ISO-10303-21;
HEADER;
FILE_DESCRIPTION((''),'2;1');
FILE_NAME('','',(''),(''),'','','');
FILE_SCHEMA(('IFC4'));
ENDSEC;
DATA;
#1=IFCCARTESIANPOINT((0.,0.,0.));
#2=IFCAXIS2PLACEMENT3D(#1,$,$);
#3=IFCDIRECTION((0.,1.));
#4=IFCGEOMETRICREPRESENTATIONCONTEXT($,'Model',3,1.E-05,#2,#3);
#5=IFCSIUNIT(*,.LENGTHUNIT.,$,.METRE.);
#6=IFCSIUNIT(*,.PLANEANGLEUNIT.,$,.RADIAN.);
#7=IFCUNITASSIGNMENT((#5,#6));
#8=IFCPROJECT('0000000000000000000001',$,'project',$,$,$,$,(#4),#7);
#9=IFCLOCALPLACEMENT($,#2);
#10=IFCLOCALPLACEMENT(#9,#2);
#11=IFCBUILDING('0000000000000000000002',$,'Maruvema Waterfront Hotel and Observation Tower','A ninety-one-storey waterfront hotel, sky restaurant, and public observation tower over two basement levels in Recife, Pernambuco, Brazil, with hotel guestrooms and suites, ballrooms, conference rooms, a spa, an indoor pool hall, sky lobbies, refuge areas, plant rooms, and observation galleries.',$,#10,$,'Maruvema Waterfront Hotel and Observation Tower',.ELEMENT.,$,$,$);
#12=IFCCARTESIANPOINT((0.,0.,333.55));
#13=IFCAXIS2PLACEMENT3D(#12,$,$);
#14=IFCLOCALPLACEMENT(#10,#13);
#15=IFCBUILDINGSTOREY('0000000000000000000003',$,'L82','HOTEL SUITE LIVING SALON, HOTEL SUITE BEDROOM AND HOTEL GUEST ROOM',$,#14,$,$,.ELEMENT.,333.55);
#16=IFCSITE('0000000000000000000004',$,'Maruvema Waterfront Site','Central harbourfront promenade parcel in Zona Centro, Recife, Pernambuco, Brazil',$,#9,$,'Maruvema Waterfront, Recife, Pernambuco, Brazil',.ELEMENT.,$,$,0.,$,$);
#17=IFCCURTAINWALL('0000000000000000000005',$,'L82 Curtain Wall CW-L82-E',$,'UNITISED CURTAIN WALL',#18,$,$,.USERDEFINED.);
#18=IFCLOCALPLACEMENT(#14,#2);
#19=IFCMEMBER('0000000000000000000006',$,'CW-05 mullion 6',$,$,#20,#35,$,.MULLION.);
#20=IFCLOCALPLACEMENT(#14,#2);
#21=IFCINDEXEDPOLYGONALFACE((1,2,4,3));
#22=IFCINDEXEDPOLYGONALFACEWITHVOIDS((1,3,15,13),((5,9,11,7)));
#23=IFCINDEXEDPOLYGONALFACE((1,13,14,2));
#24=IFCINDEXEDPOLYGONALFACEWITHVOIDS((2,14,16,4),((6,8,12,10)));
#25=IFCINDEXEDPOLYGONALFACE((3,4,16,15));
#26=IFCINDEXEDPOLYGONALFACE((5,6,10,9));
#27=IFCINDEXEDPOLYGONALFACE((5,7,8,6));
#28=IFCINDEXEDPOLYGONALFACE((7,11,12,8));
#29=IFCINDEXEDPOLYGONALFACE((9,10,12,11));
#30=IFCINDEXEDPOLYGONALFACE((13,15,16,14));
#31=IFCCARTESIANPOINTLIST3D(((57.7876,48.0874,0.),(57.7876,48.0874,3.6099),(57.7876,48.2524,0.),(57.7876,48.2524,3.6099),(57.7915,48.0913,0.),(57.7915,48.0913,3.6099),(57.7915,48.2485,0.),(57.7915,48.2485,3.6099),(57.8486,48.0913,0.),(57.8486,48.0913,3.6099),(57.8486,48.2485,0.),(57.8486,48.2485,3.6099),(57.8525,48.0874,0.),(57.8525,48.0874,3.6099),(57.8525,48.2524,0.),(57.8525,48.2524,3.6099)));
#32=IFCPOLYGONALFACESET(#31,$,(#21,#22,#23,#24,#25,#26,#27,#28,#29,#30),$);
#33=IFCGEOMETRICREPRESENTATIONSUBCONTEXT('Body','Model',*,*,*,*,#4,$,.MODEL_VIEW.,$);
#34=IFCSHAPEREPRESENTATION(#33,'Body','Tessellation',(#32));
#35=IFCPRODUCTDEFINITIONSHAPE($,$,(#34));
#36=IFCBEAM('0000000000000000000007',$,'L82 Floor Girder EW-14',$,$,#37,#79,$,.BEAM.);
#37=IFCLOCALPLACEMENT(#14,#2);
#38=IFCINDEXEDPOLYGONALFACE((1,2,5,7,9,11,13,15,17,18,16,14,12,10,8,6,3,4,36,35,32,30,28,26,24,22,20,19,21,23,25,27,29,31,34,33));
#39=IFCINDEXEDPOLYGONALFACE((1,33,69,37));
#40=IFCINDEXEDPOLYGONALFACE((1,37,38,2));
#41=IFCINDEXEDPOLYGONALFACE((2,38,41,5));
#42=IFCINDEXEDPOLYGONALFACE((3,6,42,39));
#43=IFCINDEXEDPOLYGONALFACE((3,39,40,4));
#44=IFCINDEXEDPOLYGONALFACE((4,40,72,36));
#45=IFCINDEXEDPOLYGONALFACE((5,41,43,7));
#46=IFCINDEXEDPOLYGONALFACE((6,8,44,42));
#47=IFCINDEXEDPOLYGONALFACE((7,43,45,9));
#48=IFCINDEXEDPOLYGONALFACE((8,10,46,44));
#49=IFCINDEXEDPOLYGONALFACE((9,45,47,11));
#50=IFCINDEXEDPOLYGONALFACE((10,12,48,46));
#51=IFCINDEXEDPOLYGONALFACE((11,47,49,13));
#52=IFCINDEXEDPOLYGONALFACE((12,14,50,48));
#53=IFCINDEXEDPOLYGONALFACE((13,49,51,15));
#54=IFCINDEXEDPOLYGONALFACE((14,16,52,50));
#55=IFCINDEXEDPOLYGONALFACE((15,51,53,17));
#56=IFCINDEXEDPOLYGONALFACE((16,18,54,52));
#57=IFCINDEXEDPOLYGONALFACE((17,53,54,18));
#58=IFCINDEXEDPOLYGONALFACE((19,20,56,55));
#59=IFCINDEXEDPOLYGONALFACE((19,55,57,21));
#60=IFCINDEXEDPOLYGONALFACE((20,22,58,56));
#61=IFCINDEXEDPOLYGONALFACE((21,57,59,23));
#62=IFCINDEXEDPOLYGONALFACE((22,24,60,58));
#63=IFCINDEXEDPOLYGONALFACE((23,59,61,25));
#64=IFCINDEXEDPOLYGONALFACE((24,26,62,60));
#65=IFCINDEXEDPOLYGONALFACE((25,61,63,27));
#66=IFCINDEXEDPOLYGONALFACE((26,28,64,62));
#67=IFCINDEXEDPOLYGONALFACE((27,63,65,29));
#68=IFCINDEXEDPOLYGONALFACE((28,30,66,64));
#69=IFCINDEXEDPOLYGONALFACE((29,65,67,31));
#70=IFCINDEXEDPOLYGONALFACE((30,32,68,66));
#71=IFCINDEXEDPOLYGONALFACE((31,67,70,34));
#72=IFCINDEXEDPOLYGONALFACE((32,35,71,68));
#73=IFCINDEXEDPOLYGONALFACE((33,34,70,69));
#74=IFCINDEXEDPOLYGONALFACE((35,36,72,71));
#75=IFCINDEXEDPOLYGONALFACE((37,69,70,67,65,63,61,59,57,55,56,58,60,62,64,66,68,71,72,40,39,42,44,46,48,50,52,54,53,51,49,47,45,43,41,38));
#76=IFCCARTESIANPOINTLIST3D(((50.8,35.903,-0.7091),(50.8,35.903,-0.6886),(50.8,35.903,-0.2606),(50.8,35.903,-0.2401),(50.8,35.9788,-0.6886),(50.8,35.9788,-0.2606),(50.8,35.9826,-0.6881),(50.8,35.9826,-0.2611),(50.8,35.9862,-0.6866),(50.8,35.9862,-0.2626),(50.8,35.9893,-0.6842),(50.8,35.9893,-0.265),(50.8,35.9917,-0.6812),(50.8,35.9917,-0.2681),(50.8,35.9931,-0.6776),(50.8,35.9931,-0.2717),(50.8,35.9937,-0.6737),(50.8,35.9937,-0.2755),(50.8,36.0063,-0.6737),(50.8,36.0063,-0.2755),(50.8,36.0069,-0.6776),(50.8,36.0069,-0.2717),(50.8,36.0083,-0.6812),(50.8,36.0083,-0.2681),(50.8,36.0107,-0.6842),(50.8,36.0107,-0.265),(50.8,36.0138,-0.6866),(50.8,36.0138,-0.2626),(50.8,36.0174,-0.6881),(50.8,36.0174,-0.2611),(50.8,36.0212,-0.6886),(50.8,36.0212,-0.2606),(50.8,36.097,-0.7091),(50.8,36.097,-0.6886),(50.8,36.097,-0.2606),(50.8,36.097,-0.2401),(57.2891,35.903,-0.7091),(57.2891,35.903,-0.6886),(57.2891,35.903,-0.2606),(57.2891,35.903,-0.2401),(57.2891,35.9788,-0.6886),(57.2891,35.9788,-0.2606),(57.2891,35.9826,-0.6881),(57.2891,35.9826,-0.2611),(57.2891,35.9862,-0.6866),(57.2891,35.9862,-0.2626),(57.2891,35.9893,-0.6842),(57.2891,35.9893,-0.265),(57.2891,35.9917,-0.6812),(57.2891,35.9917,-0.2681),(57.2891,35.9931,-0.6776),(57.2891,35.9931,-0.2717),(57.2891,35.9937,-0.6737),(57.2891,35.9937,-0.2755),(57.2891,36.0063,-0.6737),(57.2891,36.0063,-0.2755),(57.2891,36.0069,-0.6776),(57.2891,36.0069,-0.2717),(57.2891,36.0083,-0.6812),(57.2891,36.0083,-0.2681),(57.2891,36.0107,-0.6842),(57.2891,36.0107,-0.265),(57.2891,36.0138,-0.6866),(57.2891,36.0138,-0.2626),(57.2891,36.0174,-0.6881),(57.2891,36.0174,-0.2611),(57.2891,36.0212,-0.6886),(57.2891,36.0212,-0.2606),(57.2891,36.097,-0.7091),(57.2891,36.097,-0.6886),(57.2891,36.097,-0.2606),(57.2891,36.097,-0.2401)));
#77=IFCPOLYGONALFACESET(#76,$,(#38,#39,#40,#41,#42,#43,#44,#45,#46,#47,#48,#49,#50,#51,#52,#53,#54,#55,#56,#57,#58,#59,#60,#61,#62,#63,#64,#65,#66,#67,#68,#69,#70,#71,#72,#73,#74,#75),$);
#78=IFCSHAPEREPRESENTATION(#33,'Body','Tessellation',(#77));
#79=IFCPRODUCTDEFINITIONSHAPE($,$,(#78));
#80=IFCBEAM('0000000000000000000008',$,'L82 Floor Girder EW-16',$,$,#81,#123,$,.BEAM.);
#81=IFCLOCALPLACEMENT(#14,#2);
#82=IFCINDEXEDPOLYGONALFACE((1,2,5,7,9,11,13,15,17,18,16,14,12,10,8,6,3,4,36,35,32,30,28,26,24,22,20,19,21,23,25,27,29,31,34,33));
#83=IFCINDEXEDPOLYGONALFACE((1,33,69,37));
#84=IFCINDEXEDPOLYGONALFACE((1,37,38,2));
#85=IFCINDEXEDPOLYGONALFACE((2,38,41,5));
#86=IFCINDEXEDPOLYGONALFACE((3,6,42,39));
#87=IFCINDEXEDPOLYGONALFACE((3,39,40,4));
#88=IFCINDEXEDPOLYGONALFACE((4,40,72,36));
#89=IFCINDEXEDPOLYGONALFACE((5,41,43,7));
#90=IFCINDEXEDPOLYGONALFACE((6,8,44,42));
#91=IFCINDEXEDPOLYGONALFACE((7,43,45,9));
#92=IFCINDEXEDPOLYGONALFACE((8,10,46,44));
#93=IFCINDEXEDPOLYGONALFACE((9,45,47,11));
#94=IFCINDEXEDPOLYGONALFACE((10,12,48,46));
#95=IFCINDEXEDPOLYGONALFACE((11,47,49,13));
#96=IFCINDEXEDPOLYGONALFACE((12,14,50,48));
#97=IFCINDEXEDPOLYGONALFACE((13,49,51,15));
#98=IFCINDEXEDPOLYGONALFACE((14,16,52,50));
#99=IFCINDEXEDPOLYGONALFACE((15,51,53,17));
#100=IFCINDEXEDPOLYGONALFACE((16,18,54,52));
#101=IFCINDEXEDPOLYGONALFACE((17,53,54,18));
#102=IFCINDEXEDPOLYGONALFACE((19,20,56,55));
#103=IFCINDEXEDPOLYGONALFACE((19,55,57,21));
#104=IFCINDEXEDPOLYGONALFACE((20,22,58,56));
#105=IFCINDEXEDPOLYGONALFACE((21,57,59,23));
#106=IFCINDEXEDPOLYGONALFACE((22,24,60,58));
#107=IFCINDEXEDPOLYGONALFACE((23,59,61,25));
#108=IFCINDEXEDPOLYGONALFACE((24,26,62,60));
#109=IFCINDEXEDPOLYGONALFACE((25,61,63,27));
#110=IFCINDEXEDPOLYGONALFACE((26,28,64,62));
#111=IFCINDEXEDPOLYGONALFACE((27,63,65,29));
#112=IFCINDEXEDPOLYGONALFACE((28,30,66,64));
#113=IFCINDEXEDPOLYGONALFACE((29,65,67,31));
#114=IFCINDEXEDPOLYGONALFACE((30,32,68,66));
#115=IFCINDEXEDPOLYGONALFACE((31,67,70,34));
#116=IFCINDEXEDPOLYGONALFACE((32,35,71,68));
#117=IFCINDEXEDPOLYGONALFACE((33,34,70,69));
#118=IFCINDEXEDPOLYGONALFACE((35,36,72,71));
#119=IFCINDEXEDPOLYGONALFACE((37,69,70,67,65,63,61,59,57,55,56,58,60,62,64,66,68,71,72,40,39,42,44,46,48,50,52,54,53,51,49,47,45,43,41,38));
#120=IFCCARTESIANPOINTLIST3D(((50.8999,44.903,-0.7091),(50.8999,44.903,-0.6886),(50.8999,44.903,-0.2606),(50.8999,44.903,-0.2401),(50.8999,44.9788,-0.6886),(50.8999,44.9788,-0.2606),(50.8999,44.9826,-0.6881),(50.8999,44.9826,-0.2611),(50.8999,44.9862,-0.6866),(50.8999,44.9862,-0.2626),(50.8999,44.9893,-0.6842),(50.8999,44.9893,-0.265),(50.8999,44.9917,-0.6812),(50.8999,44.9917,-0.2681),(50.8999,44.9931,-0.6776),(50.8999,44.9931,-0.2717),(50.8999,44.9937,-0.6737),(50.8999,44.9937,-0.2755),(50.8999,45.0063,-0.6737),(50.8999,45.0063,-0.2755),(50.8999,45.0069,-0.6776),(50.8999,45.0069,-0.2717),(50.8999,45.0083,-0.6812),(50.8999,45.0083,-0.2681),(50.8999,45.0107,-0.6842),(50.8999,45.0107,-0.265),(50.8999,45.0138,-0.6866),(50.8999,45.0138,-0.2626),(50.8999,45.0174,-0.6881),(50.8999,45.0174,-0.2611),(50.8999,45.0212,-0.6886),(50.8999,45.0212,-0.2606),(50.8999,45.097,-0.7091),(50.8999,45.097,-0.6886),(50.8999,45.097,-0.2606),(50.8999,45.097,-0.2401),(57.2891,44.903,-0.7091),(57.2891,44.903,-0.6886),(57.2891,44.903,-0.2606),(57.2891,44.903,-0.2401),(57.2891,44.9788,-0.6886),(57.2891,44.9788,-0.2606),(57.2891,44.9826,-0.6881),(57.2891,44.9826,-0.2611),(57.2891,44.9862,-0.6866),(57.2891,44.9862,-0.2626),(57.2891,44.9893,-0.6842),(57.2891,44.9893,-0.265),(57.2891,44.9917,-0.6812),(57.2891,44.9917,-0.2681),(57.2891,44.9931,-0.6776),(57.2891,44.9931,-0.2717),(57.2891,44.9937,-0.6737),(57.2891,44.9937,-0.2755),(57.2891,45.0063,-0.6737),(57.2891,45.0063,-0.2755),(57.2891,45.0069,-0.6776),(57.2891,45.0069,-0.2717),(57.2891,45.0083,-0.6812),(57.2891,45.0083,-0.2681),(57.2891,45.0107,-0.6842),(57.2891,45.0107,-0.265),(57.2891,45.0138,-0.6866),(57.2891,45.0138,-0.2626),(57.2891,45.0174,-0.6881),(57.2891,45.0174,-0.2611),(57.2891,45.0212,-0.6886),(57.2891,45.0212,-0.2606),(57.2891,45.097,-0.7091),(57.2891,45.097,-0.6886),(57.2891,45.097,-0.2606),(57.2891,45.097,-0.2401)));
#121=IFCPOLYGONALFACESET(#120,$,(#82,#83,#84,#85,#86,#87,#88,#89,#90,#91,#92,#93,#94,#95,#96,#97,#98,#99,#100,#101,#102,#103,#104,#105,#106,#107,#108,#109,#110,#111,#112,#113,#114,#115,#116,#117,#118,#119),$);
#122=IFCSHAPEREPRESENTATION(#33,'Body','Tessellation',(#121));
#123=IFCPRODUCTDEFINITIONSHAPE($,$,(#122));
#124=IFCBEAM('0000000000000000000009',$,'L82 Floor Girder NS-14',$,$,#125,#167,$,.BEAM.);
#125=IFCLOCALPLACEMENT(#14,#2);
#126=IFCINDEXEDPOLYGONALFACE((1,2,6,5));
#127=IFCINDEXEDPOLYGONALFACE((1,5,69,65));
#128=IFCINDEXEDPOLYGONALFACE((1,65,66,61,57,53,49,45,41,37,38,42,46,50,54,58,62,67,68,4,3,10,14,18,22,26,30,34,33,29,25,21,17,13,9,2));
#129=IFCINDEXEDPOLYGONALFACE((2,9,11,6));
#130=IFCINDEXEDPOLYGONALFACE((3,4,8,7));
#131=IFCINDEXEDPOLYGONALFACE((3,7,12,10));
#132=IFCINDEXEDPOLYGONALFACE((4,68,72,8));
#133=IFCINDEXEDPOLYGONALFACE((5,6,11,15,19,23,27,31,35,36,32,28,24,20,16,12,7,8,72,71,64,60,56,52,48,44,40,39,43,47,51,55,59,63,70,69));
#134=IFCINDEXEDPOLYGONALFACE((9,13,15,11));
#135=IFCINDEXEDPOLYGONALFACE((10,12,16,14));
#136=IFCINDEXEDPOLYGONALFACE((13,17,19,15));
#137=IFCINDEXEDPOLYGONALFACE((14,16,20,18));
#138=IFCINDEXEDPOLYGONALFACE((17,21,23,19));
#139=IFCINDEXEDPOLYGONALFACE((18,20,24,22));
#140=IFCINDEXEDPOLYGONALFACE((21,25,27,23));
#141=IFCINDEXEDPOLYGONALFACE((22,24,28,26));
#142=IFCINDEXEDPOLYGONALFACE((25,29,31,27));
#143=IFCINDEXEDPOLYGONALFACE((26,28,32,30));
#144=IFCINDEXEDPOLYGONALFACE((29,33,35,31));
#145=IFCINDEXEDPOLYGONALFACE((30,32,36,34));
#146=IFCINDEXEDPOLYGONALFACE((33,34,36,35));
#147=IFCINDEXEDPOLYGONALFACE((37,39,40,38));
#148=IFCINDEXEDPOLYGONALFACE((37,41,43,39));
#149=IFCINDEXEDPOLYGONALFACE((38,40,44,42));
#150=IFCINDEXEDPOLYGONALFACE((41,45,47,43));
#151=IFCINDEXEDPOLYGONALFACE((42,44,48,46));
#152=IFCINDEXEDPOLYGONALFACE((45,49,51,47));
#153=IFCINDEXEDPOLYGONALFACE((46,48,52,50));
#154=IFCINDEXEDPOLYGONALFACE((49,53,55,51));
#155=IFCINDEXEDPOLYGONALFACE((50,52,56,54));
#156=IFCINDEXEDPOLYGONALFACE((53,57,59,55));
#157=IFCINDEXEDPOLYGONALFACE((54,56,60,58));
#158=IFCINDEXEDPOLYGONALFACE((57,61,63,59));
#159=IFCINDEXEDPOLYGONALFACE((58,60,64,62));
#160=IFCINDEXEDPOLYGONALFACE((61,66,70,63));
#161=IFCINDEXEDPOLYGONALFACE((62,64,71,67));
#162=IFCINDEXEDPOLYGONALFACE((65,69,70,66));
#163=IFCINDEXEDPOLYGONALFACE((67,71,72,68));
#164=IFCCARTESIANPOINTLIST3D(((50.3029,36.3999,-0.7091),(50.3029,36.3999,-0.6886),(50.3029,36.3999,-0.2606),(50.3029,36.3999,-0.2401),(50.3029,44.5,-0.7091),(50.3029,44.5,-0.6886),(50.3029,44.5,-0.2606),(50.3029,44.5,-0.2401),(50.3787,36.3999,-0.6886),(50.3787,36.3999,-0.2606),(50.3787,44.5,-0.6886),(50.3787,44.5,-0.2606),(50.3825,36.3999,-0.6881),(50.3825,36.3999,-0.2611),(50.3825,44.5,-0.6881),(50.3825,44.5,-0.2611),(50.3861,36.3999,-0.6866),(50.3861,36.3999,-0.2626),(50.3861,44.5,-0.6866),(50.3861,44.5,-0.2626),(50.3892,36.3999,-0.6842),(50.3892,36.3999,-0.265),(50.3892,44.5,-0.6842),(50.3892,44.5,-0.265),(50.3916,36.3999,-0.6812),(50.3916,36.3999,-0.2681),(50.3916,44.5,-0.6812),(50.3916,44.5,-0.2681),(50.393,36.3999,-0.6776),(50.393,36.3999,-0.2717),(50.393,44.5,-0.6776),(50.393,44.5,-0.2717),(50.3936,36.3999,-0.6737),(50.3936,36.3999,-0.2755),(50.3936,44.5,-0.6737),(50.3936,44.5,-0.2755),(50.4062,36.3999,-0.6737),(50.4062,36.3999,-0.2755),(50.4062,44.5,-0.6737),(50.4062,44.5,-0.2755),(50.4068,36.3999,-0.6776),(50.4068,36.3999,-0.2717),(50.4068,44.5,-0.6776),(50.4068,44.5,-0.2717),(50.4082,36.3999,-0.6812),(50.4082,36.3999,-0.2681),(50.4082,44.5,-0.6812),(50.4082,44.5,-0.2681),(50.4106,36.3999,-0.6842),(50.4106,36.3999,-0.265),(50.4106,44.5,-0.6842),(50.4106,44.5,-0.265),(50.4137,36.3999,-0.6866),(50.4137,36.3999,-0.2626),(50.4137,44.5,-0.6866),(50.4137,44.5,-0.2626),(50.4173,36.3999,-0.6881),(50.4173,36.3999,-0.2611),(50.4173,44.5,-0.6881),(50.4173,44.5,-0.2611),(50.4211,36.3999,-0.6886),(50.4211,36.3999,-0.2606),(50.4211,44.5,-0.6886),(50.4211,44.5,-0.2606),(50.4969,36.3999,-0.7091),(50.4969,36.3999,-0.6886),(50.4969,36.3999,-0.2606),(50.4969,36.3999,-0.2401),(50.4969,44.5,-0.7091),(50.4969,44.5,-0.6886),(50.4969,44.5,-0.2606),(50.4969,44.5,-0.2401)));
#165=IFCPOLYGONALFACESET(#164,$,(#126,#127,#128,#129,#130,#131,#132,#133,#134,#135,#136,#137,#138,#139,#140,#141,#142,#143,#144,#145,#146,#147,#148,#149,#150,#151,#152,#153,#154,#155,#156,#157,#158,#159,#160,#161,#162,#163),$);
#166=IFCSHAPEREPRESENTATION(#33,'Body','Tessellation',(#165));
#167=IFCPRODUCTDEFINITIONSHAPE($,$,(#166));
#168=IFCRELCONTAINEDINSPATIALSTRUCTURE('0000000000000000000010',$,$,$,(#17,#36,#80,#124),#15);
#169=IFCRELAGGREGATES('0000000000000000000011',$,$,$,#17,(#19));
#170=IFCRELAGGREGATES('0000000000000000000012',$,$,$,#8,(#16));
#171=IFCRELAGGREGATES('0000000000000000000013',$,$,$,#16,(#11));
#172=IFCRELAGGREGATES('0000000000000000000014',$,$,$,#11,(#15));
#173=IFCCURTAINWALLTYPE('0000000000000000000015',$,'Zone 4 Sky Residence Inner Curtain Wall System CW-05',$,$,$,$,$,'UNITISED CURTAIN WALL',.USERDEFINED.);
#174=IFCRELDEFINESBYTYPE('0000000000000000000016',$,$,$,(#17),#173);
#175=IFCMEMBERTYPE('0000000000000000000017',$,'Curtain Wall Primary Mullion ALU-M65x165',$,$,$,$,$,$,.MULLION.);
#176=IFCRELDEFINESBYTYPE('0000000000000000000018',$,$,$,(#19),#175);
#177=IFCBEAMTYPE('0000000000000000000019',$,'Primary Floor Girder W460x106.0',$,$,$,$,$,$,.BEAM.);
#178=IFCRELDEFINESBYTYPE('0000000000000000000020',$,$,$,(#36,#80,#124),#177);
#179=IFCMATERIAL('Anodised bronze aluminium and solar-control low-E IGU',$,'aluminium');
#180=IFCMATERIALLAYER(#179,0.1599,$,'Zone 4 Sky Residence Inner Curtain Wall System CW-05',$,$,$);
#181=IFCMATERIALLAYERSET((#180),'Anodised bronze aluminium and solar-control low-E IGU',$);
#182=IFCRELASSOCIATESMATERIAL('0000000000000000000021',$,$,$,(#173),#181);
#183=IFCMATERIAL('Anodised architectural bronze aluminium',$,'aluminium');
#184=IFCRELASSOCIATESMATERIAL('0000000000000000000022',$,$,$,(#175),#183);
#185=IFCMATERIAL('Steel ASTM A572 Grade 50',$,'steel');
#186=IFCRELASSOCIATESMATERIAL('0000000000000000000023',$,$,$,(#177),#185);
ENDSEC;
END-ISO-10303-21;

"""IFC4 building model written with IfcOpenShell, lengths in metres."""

from ifc_helpers import new_model, si_unit, direction, frame, origin, origin_2d, place, context, subcontext, project, spatial, hollow_rectangle, i_section, extrude, material, layer, layer_set, material_profile, profile_set, type_object, element, aggregate, save


model = new_model("IFC4")

# Units and contexts
model_context = context("Model", 3, precision=1e-05, world=origin(), true_north=direction((0.0, 1.0)))
body_context = subcontext(model_context, "Body", "Model", "MODEL_VIEW")
ifc_project = project(units=[si_unit("LENGTHUNIT", "METRE"), si_unit("PLANEANGLEUNIT", "RADIAN")], contexts=[model_context])

# Site, building, storey
site_placement = place(None, origin())
site = spatial("IfcSite", under=ifc_project, at=site_placement, Name="Maruvema Waterfront Site", Description="Central harbourfront promenade parcel in Zona Centro, Recife, Pernambuco, Brazil", LongName="Maruvema Waterfront, Recife, Pernambuco, Brazil", CompositionType="ELEMENT", RefElevation=0.0)
building_placement = place(site_placement, origin())
building = spatial("IfcBuilding", under=site, at=building_placement, Name="Maruvema Waterfront Hotel and Observation Tower", Description="A ninety-one-storey waterfront hotel, sky restaurant, and public observation tower over two basement levels in Recife, Pernambuco, Brazil, with hotel guestrooms and suites, ballrooms, conference rooms, a spa, an indoor pool hall, sky lobbies, refuge areas, plant rooms, and observation galleries.", LongName="Maruvema Waterfront Hotel and Observation Tower", CompositionType="ELEMENT")
storey_placement = place(building_placement, frame((0.0, 0.0, 333.55)))
storey = spatial("IfcBuildingStorey", under=building, at=storey_placement, Name="L82", Description="HOTEL SUITE LIVING SALON, HOTEL SUITE BEDROOM AND HOTEL GUEST ROOM", CompositionType="ELEMENT", Elevation=333.55)

# Curtain wall, member
ifc_material_1 = material(Name="Anodised bronze aluminium and solar-control low-E IGU", Category="aluminium")
ifc_layer_1 = layer(ifc_material_1, 0.1599, Name="Zone 4 Sky Residence Inner Curtain Wall System CW-05")
ifc_layer_set_1 = layer_set([ifc_layer_1], Name="Anodised bronze aluminium and solar-control low-E IGU")
curtain_wall_type = type_object("IfcCurtainWallType", Name="Zone 4 Sky Residence Inner Curtain Wall System CW-05", ElementType="UNITISED CURTAIN WALL", PredefinedType="USERDEFINED", material=ifc_layer_set_1)
curtain_wall_placement = place(storey_placement, origin())
curtain_wall = element("IfcCurtainWall", 1, at=curtain_wall_placement, inside=storey, type_object=curtain_wall_type, Name="L82 Curtain Wall CW-L82-E", ObjectType="UNITISED CURTAIN WALL", PredefinedType="USERDEFINED")
ifc_material_2 = material(Name="Anodised architectural bronze aluminium", Category="aluminium")
ifc_material_profile_1 = material_profile(ifc_material_2, hollow_rectangle(XDim=0.0649, YDim=0.165, WallThickness=0.0039, at=origin_2d()), Name="ALU-M65x165")
ifc_profile_set_1 = profile_set([ifc_material_profile_1], Name="Anodised architectural bronze aluminium")
member_type_1 = type_object("IfcMemberType", Name="Curtain Wall Primary Mullion ALU-M65x165", PredefinedType="MULLION", material=ifc_profile_set_1)
member_1_placement = place(storey_placement, frame((57.8201, 48.1699, 0.0), z_axis=(0.0, 0.0, 1.0), x_axis=(-1.0, 0.0, 0.0)))
member_1 = element("IfcMember", 2, at=member_1_placement, type_object=member_type_1, Name="CW-05 mullion 6", PredefinedType="MULLION", context=body_context, shape_type="SweptSolid", body=[
    extrude(hollow_rectangle(XDim=0.0649, YDim=0.165, WallThickness=0.0039, at=origin_2d()), origin(), (0.0, 0.0, 1.0), 3.6099),
])

# Beams
ifc_material_3 = material(Name="Steel ASTM A572 Grade 50", Category="steel")
ifc_material_profile_2 = material_profile(ifc_material_3, i_section(OverallWidth=0.1941, OverallDepth=0.469, WebThickness=0.0127, FlangeThickness=0.0205, FilletRadius=0.0149, at=origin_2d()), Name="W460x106.0")
ifc_profile_set_2 = profile_set([ifc_material_profile_2], Name="Steel ASTM A572 Grade 50")
beam_type_1 = type_object("IfcBeamType", Name="Primary Floor Girder W460x106.0", PredefinedType="BEAM", material=ifc_profile_set_2)
beam_1_placement = place(storey_placement, frame((50.8, 36.0, -0.4746), z_axis=(1.0, 0.0, 0.0), x_axis=(0.0, 1.0, 0.0)))
element("IfcBeam", 3, at=beam_1_placement, inside=storey, type_object=beam_type_1, Name="L82 Floor Girder EW-14", PredefinedType="BEAM", context=body_context, shape_type="SweptSolid", body=[
    extrude(i_section(OverallWidth=0.1941, OverallDepth=0.469, WebThickness=0.0127, FlangeThickness=0.0205, FilletRadius=0.0149, at=origin_2d()), origin(), (0.0, 0.0, 1.0), 6.489),
])
beam_2_placement = place(storey_placement, frame((50.8999, 45.0, -0.4746), z_axis=(1.0, 0.0, 0.0), x_axis=(0.0, 1.0, 0.0)))
element("IfcBeam", 4, at=beam_2_placement, inside=storey, type_object=beam_type_1, Name="L82 Floor Girder EW-16", PredefinedType="BEAM", context=body_context, shape_type="SweptSolid", body=[
    extrude(i_section(OverallWidth=0.1941, OverallDepth=0.469, WebThickness=0.0127, FlangeThickness=0.0205, FilletRadius=0.0149, at=origin_2d()), origin(), (0.0, 0.0, 1.0), 6.3892),
])
beam_3_placement = place(storey_placement, frame((50.3999, 36.3999, -0.4746), z_axis=(0.0, 1.0, 0.0), x_axis=(-1.0, 0.0, 0.0)))
element("IfcBeam", 5, at=beam_3_placement, inside=storey, type_object=beam_type_1, Name="L82 Floor Girder NS-14", PredefinedType="BEAM", context=body_context, shape_type="SweptSolid", body=[
    extrude(i_section(OverallWidth=0.1941, OverallDepth=0.469, WebThickness=0.0127, FlangeThickness=0.0205, FilletRadius=0.0149, at=origin_2d()), origin(), (0.0, 0.0, 1.0), 8.1001),
])

aggregate(curtain_wall, [member_1])

save(model, "model.ifc")
